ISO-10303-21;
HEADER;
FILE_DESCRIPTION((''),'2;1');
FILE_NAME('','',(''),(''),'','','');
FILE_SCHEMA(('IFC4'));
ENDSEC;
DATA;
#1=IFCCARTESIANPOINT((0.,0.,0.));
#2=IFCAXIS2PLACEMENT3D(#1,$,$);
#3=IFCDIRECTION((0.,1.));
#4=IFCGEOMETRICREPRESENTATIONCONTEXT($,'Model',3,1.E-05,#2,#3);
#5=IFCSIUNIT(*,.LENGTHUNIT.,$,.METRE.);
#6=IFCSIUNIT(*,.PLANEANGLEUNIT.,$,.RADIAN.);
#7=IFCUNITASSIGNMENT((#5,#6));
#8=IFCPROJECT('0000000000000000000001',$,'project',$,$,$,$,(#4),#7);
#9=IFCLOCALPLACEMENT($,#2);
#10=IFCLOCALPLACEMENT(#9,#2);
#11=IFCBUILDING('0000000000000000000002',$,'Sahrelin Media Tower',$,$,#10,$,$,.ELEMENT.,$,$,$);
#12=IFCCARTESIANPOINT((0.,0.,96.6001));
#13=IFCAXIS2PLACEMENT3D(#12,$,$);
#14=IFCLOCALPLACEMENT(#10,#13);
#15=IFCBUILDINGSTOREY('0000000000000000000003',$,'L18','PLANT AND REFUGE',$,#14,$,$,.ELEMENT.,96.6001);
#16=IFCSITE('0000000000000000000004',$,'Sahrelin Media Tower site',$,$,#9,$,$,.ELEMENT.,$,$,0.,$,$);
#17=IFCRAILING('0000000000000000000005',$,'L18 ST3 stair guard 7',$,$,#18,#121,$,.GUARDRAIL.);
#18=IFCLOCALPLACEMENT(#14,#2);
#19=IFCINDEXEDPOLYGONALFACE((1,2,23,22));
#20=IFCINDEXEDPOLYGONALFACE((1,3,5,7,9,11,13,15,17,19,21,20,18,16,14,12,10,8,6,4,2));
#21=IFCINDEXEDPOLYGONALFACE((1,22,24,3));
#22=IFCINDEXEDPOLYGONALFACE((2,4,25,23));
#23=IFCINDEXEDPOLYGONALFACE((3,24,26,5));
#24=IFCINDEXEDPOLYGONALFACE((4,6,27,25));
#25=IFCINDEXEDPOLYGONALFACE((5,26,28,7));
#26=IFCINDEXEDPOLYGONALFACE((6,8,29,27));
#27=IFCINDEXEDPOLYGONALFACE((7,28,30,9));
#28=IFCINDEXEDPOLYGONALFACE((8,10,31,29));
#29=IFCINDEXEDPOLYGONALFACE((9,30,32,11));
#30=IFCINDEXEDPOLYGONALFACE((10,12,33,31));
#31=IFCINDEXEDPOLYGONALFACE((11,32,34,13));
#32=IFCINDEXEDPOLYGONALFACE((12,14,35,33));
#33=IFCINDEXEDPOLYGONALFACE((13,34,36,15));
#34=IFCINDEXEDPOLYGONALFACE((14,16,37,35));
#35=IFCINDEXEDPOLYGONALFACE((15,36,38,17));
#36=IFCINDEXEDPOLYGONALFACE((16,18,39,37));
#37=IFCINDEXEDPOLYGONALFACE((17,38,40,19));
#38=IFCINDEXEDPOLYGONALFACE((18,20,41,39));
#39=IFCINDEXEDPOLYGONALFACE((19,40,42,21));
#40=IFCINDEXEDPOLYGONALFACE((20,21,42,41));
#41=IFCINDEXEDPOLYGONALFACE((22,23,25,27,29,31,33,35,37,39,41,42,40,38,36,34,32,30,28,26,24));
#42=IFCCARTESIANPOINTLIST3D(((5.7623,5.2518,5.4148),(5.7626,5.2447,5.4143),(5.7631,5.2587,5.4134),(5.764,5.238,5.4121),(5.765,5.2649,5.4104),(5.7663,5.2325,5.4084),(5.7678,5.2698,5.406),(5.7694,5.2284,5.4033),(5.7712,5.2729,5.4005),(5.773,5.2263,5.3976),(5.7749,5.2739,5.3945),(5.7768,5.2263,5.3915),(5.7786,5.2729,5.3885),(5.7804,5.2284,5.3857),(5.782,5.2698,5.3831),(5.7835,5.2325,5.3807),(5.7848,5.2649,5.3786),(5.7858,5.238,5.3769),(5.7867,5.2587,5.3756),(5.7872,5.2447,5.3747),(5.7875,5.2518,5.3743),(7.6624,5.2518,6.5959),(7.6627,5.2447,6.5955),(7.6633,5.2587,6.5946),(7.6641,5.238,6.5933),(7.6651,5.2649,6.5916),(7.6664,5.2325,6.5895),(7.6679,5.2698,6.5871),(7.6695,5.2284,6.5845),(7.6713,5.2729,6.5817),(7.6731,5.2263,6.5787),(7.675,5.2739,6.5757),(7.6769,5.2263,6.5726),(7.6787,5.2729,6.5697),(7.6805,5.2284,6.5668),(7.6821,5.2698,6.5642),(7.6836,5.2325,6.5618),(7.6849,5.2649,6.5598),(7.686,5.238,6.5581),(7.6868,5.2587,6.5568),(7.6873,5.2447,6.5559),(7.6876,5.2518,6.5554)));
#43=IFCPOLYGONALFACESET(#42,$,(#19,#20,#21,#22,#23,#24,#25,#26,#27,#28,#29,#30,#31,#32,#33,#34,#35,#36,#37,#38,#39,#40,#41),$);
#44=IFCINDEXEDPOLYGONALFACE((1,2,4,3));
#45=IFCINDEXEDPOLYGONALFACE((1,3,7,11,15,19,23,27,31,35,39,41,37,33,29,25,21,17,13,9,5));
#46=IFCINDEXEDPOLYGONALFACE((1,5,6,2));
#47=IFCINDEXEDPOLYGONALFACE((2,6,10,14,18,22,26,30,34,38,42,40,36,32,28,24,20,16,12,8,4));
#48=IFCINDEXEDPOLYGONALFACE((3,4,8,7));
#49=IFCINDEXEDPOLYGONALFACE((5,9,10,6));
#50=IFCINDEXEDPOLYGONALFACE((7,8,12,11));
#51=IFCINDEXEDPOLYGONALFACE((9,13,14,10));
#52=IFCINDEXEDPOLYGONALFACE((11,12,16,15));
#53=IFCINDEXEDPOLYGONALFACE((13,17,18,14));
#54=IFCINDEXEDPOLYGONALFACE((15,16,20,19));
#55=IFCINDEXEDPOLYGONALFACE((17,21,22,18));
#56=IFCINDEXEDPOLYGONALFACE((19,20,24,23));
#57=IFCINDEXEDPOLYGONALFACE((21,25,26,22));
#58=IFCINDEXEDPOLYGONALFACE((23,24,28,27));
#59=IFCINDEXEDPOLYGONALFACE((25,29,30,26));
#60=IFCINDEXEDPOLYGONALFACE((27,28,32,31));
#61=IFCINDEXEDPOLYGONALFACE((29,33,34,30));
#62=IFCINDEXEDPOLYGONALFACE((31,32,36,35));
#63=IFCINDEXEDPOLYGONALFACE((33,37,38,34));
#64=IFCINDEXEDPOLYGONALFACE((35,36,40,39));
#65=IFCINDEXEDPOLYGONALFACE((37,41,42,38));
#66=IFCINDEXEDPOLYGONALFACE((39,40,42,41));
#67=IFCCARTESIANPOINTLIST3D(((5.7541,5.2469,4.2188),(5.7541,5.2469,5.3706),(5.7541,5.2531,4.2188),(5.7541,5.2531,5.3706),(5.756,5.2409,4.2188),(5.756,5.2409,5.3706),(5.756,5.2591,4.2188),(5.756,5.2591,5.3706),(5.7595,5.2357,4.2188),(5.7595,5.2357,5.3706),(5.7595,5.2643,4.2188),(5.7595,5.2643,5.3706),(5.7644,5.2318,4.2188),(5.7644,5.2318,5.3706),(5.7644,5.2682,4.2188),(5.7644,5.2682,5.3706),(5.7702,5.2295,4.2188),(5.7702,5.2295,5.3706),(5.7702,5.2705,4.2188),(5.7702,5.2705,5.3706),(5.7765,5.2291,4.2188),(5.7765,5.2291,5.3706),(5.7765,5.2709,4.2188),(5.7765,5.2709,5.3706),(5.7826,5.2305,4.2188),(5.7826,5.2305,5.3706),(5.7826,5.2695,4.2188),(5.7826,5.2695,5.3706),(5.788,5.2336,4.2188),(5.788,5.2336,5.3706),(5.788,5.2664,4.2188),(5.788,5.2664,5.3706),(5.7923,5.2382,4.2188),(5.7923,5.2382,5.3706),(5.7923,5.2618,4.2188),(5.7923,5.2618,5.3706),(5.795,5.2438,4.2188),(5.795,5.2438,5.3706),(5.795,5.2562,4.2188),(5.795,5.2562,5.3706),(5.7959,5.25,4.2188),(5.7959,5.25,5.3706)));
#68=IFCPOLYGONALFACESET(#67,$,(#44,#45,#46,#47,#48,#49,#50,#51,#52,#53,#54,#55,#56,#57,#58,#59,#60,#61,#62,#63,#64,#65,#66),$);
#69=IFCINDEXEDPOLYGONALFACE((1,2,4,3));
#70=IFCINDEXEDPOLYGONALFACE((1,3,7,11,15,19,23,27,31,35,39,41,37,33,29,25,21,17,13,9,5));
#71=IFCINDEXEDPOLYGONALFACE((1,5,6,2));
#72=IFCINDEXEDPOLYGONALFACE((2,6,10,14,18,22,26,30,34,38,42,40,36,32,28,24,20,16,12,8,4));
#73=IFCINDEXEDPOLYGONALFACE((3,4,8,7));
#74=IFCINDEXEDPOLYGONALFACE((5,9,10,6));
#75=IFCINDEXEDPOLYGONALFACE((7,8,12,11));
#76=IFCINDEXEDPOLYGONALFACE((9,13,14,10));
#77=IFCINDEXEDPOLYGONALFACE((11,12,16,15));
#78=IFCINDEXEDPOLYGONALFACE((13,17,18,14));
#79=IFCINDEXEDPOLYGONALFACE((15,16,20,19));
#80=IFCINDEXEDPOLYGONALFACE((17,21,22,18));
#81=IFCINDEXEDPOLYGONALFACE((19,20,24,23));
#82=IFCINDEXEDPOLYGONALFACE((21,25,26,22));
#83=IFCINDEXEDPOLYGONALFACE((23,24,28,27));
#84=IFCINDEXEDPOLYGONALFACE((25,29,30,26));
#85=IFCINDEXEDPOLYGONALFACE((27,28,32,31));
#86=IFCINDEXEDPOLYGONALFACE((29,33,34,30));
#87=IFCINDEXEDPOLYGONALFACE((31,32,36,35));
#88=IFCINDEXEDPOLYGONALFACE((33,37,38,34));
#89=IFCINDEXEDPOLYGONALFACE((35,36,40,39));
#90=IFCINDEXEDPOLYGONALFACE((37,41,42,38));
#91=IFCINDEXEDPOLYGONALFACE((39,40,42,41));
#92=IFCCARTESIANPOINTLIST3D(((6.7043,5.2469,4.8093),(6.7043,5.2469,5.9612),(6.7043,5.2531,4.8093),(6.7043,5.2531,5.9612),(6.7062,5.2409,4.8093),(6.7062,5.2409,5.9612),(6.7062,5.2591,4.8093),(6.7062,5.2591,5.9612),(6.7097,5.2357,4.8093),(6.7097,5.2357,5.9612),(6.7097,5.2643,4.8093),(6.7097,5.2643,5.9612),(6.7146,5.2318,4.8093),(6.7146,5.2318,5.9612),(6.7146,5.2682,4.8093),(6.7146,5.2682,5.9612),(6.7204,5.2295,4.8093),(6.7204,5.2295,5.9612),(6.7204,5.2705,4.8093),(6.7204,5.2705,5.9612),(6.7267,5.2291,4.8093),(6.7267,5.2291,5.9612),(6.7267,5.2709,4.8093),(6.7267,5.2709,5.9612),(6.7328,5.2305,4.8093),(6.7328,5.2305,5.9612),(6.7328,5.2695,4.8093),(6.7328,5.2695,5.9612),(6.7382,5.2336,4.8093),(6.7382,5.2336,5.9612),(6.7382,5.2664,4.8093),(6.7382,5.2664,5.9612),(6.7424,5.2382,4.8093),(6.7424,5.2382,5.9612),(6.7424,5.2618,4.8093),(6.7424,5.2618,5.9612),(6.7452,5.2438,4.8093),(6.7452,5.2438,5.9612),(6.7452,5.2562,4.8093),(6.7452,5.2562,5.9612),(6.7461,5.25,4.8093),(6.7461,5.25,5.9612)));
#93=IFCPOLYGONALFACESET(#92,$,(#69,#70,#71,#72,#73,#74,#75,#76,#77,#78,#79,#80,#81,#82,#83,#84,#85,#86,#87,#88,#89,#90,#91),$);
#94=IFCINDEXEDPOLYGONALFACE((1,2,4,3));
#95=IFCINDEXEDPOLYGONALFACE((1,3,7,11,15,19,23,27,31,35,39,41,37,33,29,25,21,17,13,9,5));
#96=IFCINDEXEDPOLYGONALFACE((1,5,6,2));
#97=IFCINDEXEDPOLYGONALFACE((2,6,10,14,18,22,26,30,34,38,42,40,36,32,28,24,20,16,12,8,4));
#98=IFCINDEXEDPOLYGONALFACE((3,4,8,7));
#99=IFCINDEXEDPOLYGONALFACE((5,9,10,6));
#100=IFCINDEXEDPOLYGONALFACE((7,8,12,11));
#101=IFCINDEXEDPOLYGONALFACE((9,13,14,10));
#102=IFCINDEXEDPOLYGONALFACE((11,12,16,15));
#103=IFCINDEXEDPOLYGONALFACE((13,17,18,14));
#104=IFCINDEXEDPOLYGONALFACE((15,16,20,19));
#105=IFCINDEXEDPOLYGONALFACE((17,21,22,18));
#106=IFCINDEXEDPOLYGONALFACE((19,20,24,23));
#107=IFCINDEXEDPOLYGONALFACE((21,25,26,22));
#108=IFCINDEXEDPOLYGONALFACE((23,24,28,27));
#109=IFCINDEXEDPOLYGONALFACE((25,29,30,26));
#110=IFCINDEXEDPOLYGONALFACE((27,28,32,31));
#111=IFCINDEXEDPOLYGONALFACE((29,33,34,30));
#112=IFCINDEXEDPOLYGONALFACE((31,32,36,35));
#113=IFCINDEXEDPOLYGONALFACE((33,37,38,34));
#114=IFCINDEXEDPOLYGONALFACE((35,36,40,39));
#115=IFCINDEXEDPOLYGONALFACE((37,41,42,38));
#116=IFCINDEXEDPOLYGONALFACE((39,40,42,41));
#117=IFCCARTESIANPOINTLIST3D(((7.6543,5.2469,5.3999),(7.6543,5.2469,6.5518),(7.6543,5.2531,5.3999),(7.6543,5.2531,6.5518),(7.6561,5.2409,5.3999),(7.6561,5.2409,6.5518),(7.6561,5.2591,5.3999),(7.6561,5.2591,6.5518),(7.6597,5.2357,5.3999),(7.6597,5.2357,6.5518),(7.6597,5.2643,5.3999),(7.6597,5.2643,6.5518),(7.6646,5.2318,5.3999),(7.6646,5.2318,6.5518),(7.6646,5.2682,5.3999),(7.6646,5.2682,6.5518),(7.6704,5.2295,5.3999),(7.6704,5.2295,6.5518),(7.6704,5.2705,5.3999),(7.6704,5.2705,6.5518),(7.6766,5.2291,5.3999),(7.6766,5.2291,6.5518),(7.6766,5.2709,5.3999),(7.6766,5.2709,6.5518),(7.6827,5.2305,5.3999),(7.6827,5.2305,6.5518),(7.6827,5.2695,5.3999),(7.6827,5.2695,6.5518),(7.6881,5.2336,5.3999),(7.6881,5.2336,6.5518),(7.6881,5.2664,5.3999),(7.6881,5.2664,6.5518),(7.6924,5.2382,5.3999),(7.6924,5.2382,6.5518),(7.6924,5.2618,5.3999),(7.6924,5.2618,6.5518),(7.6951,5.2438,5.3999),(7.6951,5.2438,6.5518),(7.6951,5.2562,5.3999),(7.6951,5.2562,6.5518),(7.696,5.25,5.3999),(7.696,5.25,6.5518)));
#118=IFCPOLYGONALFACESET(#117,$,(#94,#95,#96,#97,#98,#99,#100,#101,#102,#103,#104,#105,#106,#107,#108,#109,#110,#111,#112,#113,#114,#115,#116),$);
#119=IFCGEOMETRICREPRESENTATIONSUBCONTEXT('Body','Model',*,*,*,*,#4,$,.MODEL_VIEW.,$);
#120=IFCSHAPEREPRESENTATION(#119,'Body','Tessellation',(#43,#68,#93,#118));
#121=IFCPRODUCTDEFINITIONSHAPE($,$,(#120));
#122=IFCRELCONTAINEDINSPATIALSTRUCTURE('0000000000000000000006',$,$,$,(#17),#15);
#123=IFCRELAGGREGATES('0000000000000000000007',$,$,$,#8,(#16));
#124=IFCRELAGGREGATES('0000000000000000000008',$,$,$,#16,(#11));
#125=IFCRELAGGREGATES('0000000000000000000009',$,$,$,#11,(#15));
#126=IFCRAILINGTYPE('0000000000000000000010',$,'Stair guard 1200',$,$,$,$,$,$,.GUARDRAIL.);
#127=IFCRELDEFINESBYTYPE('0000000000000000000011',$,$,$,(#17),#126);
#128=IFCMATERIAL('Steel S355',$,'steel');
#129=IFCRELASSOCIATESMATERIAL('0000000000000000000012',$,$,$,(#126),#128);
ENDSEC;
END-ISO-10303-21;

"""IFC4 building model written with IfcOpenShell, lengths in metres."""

from ifc_helpers import new_model, si_unit, direction, frame, origin, origin_2d, place, context, subcontext, project, spatial, circle, extrude, material, type_object, element, save


model = new_model("IFC4")

# Units and contexts
model_context = context("Model", 3, precision=1e-05, world=origin(), true_north=direction((0.0, 1.0)))
body_context = subcontext(model_context, "Body", "Model", "MODEL_VIEW")
ifc_project = project(units=[si_unit("LENGTHUNIT", "METRE"), si_unit("PLANEANGLEUNIT", "RADIAN")], contexts=[model_context])

# Site, building, storey
site_placement = place(None, origin())
site = spatial("IfcSite", under=ifc_project, at=site_placement, Name="Sahrelin Media Tower site", CompositionType="ELEMENT", RefElevation=0.0)
building_placement = place(site_placement, origin())
building = spatial("IfcBuilding", under=site, at=building_placement, Name="Sahrelin Media Tower", CompositionType="ELEMENT")
storey_placement = place(building_placement, frame((0.0, 0.0, 96.6001)))
storey = spatial("IfcBuildingStorey", under=building, at=storey_placement, Name="L18", Description="PLANT AND REFUGE", CompositionType="ELEMENT", Elevation=96.6001)

# Railing
ifc_material_1 = material(Name="Steel S355", Category="steel")
railing_type_1 = type_object("IfcRailingType", Name="Stair guard 1200", PredefinedType="GUARDRAIL", material=ifc_material_1)
railing_1_placement = place(storey_placement, frame((5.7749, 5.25, 4.2188)))
element("IfcRailing", 1, at=railing_1_placement, inside=storey, type_object=railing_type_1, Name="L18 ST3 stair guard 7", PredefinedType="GUARDRAIL", context=body_context, shape_type="SweptSolid", body=[
    extrude(circle(Radius=0.0239, at=origin_2d()), frame((0.0, 0.0, 1.1758), z_axis=(0.849289, 0.0, 0.527928), x_axis=(0.0, 1.0, 0.0)), (0.0, 0.0, 1.0), 2.2373),
    extrude(circle(Radius=0.021, at=origin_2d()), origin(), (0.0, 0.0, 1.0), 1.1519),
    extrude(circle(Radius=0.021, at=origin_2d()), frame((0.9502, 0.0, 0.5906)), (0.0, 0.0, 1.0), 1.1519),
    extrude(circle(Radius=0.021, at=origin_2d()), frame((1.9001, 0.0, 1.1812)), (0.0, 0.0, 1.0), 1.1519),
])

save(model, "model.ifc")
